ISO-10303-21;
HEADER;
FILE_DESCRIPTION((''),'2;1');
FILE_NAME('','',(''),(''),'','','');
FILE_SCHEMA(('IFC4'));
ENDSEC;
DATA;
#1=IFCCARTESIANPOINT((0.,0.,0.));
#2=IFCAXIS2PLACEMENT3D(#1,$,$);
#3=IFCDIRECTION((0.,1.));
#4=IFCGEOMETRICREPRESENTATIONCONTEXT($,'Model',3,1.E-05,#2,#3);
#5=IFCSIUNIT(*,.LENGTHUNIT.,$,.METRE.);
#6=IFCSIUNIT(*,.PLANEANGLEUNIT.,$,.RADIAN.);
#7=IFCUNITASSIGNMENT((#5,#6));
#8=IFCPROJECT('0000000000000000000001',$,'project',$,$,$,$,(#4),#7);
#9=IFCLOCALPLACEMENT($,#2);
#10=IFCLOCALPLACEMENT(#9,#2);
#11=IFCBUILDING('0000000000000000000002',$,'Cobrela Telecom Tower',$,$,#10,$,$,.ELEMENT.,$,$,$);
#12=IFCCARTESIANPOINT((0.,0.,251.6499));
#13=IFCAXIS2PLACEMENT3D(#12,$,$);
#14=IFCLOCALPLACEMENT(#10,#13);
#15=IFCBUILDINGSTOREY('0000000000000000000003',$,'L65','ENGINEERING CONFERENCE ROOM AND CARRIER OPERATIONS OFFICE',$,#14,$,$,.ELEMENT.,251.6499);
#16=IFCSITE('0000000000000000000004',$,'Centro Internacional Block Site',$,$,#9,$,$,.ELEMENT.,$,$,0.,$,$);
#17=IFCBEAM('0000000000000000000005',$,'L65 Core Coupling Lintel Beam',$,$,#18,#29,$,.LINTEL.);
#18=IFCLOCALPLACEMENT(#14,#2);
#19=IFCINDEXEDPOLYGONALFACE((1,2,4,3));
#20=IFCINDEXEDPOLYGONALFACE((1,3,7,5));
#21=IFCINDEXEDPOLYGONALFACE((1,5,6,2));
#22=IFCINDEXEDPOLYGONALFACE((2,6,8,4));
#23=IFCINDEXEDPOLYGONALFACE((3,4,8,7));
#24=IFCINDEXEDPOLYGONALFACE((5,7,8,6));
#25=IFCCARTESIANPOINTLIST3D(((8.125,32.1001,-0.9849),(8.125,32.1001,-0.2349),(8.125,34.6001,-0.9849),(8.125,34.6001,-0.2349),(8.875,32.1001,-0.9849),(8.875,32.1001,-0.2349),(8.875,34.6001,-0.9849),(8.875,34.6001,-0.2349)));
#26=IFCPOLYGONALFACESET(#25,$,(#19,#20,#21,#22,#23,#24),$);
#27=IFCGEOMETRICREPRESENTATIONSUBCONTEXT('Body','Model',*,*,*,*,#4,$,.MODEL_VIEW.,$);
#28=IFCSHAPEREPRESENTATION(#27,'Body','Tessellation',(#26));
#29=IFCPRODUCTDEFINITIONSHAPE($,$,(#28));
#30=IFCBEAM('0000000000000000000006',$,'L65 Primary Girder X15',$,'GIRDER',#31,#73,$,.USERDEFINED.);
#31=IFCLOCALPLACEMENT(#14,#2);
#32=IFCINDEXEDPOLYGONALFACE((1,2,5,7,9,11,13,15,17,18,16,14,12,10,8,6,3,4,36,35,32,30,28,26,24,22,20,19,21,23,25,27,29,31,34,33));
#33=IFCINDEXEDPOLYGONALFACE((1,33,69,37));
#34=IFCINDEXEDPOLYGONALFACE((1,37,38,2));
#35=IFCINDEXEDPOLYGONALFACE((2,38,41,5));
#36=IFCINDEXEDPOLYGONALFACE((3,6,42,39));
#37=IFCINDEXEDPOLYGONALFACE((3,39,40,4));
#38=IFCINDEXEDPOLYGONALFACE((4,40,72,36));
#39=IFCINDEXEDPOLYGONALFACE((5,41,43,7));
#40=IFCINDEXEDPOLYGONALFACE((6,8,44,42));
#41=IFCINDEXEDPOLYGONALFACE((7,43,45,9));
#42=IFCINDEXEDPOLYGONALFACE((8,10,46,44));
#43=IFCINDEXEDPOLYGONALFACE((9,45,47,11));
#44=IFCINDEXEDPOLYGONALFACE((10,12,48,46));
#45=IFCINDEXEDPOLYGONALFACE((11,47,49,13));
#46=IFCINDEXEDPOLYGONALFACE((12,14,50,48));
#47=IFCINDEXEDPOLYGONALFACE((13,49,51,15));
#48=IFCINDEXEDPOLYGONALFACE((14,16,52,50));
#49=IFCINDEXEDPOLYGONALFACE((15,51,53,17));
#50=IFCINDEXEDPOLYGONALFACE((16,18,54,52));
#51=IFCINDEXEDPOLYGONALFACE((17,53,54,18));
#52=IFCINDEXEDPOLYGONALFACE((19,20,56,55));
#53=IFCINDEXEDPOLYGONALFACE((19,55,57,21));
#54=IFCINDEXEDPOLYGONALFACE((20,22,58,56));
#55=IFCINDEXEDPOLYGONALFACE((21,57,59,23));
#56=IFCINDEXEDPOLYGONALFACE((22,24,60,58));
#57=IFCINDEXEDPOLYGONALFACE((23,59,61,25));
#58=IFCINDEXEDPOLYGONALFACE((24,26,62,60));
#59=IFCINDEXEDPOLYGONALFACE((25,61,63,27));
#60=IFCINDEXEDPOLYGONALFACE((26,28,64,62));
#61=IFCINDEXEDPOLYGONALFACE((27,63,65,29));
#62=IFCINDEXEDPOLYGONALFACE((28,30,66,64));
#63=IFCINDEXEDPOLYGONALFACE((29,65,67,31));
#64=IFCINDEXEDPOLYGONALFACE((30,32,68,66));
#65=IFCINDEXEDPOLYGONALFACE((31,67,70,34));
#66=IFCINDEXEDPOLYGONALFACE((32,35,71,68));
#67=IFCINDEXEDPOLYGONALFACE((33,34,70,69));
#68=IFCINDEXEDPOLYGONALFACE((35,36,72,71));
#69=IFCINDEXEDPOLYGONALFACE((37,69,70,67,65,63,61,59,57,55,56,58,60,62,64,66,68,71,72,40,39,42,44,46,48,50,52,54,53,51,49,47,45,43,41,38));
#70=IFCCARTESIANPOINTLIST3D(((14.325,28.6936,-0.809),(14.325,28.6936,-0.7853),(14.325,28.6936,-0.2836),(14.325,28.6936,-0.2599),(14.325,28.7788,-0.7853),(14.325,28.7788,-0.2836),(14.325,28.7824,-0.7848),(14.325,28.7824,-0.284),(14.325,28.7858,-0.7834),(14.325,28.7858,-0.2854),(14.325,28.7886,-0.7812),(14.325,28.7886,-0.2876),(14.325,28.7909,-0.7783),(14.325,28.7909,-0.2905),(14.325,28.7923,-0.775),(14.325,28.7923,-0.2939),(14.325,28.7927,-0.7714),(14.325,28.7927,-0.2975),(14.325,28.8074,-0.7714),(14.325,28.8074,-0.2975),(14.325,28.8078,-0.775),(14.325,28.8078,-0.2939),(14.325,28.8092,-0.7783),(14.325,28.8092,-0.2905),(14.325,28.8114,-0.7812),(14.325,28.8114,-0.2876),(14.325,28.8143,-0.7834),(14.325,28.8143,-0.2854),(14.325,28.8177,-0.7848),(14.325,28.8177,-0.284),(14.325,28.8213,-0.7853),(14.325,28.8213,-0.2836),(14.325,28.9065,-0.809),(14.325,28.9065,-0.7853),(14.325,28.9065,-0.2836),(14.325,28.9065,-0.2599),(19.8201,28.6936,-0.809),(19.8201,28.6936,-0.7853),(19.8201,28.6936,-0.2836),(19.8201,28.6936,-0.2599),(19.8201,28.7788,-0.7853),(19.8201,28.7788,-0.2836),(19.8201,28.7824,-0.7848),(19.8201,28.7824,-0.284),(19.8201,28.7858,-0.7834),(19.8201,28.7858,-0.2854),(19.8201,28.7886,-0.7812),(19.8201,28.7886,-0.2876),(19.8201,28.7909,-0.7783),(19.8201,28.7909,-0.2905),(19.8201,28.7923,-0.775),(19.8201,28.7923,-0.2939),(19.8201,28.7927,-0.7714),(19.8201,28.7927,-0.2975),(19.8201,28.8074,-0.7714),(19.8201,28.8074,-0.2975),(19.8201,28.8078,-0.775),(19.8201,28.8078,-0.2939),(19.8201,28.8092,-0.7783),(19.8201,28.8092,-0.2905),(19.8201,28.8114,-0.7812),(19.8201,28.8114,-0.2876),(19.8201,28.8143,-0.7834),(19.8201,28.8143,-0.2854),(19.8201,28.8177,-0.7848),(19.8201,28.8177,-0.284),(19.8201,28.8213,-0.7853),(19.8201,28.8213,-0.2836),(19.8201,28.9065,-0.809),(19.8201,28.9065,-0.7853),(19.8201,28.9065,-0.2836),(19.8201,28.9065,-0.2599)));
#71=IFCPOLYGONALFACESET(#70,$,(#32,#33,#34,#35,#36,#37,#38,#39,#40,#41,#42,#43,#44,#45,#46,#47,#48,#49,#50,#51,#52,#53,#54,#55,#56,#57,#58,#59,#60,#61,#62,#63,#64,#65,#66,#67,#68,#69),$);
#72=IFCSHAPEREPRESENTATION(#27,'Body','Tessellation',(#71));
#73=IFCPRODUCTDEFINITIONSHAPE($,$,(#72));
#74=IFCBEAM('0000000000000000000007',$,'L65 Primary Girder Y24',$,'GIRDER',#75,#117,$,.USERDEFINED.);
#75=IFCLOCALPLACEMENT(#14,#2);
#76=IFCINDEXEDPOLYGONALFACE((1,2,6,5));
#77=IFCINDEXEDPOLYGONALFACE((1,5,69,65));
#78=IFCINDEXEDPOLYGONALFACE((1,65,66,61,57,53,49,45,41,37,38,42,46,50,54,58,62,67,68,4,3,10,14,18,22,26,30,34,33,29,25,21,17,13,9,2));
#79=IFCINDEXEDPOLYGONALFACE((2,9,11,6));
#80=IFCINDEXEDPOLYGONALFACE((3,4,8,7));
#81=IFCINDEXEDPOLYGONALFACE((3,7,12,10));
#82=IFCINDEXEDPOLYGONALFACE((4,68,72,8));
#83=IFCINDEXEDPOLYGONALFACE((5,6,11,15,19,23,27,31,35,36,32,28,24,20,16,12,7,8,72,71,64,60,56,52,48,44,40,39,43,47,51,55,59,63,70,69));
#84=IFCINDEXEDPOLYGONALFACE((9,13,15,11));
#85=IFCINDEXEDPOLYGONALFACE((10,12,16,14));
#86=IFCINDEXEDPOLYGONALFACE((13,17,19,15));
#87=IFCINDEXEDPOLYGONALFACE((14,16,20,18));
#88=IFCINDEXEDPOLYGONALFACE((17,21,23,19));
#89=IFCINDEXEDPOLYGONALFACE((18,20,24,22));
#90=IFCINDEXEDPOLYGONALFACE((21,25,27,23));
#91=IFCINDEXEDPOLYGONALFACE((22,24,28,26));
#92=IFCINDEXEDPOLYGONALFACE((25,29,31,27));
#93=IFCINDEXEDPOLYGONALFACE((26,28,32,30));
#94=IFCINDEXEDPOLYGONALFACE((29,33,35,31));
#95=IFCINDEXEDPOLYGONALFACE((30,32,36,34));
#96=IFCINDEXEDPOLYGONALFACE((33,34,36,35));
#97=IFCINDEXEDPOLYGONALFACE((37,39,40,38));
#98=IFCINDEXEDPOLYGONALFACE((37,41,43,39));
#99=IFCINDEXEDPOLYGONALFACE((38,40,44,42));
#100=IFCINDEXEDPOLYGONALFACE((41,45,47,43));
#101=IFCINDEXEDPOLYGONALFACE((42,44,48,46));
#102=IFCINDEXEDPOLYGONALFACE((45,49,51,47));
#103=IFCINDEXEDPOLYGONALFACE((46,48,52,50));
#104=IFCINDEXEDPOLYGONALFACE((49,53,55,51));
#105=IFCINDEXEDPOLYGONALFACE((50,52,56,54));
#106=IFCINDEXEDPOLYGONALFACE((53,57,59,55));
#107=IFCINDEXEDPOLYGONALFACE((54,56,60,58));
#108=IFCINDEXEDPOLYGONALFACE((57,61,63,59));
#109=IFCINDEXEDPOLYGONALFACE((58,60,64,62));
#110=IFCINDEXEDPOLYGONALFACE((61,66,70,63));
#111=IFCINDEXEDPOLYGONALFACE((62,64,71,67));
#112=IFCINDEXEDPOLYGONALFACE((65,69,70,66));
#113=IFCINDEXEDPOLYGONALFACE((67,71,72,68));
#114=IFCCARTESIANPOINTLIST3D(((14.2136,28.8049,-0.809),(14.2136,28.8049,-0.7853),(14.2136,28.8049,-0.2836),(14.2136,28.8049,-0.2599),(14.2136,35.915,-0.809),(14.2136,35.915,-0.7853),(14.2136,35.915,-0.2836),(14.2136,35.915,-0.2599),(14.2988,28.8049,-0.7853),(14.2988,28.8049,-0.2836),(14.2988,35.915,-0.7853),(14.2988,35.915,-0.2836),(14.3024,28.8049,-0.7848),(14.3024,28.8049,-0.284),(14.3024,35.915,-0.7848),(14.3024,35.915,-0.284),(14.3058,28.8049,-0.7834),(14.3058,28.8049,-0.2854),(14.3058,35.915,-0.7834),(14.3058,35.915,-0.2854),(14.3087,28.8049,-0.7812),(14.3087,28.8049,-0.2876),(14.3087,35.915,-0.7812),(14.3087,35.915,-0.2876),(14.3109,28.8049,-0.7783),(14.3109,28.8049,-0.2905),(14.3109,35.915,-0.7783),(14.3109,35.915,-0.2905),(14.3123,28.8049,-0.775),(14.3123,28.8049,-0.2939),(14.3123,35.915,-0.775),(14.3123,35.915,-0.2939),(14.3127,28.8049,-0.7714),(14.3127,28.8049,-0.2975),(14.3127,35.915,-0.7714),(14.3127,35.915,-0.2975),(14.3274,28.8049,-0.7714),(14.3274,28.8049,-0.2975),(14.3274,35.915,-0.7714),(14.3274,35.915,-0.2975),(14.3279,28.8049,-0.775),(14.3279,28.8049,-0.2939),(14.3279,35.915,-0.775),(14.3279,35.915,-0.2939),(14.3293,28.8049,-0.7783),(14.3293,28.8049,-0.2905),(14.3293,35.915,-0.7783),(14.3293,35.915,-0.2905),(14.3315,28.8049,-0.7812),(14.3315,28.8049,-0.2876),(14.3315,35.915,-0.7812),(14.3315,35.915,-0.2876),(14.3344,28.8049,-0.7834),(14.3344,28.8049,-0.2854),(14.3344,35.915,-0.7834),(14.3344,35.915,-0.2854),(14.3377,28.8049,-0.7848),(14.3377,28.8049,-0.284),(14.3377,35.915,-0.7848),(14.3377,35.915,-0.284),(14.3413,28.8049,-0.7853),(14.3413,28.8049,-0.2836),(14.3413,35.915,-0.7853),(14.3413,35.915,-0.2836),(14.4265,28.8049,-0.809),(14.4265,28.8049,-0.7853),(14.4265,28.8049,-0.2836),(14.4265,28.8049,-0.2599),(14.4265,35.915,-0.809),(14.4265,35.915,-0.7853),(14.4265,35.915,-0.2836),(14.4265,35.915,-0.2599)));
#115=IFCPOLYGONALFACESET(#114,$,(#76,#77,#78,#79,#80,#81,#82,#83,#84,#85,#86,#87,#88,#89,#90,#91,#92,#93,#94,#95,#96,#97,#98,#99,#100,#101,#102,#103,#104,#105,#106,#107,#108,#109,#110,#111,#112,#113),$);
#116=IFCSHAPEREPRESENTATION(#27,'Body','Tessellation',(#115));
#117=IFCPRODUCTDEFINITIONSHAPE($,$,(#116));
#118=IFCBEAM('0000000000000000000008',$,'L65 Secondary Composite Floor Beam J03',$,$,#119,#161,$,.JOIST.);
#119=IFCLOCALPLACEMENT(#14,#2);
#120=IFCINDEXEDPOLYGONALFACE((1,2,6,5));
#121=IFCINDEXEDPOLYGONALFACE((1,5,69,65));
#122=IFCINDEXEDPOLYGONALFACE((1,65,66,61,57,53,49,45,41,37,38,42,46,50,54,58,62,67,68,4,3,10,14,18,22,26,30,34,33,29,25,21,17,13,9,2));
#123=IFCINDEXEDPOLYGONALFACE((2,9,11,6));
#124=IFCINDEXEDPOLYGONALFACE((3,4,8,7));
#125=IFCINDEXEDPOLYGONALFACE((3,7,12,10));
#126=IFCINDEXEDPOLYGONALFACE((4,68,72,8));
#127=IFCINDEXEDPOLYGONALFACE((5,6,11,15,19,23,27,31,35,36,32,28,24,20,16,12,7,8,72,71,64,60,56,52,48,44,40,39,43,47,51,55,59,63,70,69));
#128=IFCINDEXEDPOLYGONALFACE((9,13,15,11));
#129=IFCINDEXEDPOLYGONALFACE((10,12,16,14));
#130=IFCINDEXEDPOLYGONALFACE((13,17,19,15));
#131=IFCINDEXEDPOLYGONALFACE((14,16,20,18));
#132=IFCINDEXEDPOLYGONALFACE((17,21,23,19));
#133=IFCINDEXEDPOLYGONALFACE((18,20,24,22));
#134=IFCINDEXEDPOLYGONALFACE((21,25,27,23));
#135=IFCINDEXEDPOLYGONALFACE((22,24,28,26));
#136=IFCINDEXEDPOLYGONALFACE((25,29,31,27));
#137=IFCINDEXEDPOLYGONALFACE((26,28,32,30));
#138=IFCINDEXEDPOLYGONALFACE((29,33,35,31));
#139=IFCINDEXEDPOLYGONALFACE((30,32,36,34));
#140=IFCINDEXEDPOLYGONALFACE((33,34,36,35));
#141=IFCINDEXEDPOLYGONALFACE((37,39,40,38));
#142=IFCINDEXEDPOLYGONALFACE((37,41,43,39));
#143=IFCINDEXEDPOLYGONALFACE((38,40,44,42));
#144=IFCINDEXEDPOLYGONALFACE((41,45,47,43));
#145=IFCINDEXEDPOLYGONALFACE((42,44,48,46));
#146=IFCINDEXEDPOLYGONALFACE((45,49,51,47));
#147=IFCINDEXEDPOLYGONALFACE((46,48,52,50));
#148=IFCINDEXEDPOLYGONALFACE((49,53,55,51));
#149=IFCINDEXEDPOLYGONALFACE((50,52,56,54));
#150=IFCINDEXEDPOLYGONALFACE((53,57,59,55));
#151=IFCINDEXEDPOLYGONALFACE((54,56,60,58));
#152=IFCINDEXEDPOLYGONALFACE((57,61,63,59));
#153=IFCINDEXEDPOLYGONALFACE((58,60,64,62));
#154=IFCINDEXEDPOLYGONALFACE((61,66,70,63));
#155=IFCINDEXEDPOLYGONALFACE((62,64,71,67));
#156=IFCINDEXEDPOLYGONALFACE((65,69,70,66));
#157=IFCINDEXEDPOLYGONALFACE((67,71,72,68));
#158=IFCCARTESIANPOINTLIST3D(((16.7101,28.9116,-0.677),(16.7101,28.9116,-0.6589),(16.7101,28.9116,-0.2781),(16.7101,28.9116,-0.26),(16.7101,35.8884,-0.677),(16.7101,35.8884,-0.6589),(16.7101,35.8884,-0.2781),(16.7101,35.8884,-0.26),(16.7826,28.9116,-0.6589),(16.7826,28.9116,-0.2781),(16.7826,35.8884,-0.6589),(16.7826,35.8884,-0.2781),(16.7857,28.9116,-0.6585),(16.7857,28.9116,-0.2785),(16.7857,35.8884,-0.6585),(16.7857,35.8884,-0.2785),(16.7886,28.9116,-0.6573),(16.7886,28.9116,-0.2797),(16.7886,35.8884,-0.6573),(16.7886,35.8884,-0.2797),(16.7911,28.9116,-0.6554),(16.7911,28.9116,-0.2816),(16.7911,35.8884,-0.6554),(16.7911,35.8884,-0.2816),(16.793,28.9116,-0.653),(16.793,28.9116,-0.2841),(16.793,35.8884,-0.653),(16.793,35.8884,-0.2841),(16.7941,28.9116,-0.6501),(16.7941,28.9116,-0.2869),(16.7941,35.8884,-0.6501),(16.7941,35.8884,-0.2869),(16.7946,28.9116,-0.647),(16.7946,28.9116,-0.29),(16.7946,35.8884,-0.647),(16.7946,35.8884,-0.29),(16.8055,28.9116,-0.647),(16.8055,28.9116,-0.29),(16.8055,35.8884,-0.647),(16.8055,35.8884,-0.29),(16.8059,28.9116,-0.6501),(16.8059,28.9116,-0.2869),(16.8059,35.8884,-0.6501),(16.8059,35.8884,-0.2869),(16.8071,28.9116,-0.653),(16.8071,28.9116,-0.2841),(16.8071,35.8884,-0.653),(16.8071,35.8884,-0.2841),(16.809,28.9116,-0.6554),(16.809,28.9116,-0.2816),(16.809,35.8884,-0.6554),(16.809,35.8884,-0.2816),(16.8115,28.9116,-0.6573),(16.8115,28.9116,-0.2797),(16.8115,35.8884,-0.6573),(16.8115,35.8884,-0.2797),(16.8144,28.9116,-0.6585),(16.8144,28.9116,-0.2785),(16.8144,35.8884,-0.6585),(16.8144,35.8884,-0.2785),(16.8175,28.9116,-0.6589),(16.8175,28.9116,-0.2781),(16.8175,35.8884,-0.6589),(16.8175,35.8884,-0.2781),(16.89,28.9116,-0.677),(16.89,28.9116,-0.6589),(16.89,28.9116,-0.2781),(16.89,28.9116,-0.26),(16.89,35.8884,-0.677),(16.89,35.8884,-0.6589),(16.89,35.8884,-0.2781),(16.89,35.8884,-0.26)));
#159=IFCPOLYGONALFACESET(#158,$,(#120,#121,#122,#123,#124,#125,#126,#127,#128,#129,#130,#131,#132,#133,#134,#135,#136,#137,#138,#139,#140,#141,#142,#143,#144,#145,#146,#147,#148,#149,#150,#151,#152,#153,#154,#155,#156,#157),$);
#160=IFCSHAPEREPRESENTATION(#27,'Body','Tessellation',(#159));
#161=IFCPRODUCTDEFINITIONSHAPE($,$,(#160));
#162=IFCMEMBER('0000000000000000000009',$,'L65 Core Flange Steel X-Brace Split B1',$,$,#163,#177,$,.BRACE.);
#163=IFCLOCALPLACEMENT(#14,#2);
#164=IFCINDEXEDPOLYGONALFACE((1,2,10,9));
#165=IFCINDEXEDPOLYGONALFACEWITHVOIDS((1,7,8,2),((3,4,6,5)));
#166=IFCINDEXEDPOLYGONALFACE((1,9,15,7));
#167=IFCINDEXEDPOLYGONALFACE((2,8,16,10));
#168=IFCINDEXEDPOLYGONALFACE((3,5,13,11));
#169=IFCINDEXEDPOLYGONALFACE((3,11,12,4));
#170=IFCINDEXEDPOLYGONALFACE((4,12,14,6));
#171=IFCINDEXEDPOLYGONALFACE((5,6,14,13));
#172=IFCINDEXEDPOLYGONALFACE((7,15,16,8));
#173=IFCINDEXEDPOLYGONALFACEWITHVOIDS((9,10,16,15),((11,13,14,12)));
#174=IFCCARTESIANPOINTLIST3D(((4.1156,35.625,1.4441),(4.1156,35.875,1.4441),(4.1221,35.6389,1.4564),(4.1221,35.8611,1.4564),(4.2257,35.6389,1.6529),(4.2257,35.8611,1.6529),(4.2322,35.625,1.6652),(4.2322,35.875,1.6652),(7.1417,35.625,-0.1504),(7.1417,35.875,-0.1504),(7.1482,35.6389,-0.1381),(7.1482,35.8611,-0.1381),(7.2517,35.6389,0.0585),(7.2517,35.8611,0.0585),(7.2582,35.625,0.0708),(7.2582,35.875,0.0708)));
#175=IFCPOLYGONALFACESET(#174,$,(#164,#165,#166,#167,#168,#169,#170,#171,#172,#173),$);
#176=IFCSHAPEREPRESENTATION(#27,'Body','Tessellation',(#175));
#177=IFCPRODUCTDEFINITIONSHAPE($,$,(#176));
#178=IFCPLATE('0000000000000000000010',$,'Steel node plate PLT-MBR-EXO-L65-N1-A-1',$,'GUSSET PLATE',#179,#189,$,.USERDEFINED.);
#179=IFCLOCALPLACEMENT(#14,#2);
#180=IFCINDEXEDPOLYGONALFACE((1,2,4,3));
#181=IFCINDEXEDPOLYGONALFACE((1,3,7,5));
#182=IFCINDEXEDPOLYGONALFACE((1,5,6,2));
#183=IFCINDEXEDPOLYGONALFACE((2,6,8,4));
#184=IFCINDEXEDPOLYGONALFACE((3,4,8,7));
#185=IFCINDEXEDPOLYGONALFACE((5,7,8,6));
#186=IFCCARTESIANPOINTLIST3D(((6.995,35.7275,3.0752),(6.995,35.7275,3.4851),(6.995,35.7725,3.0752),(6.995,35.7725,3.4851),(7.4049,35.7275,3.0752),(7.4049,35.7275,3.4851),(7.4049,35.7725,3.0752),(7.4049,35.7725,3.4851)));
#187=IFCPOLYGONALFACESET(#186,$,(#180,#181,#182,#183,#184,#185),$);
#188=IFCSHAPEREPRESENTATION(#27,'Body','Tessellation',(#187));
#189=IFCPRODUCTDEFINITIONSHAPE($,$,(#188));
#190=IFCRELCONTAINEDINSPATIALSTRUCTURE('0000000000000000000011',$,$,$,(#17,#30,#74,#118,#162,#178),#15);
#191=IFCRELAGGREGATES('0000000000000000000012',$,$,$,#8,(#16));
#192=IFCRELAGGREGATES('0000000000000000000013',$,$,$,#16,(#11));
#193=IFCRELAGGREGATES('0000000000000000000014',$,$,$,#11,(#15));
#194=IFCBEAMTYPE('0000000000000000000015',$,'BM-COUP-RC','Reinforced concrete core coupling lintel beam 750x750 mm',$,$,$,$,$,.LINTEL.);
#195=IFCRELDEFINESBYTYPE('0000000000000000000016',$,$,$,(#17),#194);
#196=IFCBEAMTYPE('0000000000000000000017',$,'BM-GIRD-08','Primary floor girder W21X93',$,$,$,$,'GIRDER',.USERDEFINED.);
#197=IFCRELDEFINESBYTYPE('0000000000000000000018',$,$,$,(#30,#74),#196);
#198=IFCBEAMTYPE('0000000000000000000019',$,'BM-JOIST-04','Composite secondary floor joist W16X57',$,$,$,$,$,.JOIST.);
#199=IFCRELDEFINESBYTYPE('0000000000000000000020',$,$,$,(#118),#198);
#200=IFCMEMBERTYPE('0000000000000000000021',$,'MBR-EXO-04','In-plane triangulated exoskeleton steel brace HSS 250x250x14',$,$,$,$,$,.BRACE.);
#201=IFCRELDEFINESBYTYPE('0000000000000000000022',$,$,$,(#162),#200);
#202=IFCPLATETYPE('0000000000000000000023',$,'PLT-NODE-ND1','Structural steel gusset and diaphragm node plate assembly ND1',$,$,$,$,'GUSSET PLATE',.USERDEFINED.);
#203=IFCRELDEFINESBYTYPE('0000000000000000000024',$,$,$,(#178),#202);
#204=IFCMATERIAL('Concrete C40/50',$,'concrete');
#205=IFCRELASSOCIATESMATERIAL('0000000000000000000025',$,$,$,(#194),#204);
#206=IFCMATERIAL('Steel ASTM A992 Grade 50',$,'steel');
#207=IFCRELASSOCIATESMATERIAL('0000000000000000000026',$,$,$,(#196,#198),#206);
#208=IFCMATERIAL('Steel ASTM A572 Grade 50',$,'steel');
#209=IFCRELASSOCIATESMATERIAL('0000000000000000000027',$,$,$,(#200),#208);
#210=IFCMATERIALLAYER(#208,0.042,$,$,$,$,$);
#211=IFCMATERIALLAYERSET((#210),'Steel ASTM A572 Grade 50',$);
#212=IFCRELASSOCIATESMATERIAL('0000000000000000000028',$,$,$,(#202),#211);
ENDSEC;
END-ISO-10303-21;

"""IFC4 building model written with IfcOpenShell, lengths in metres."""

from ifc_helpers import new_model, si_unit, direction, frame, origin, origin_2d, place, context, subcontext, project, spatial, rectangle, hollow_rectangle, i_section, extrude, material, layer, layer_set, material_profile, profile_set, type_object, element, save


model = new_model("IFC4")

# Units and contexts
model_context = context("Model", 3, precision=1e-05, world=origin(), true_north=direction((0.0, 1.0)))
body_context = subcontext(model_context, "Body", "Model", "MODEL_VIEW")
ifc_project = project(units=[si_unit("LENGTHUNIT", "METRE"), si_unit("PLANEANGLEUNIT", "RADIAN")], contexts=[model_context])

# Site, building, storey
site_placement = place(None, origin())
site = spatial("IfcSite", under=ifc_project, at=site_placement, Name="Centro Internacional Block Site", CompositionType="ELEMENT", RefElevation=0.0)
building_placement = place(site_placement, origin())
building = spatial("IfcBuilding", under=site, at=building_placement, Name="Cobrela Telecom Tower", CompositionType="ELEMENT")
storey_placement = place(building_placement, frame((0.0, 0.0, 251.6499)))
storey = spatial("IfcBuildingStorey", under=building, at=storey_placement, Name="L65", Description="ENGINEERING CONFERENCE ROOM AND CARRIER OPERATIONS OFFICE", CompositionType="ELEMENT", Elevation=251.6499)

# Beams
ifc_material_1 = material(Name="Concrete C40/50", Category="concrete")
ifc_material_profile_1 = material_profile(ifc_material_1, rectangle(XDim=0.75, YDim=0.75, at=origin_2d()), Name="RC 750x750")
ifc_profile_set_1 = profile_set([ifc_material_profile_1], Name="Concrete C40/50")
beam_type_1 = type_object("IfcBeamType", Name="BM-COUP-RC", Description="Reinforced concrete core coupling lintel beam 750x750 mm", PredefinedType="LINTEL", material=ifc_profile_set_1)
beam_1_placement = place(storey_placement, frame((8.5, 32.1001, -0.6099), z_axis=(0.0, 1.0, 0.0), x_axis=(-1.0, 0.0, 0.0)))
element("IfcBeam", 1, at=beam_1_placement, inside=storey, type_object=beam_type_1, Name="L65 Core Coupling Lintel Beam", PredefinedType="LINTEL", context=body_context, shape_type="SweptSolid", body=[
    extrude(rectangle(XDim=0.75, YDim=0.75, at=origin_2d()), origin(), (0.0, 0.0, 1.0), 2.5),
])
ifc_material_2 = material(Name="Steel ASTM A992 Grade 50", Category="steel")
ifc_material_profile_2 = material_profile(ifc_material_2, i_section(OverallWidth=0.2129, OverallDepth=0.5491, WebThickness=0.0146, FlangeThickness=0.0237, FilletRadius=0.0139, at=origin_2d()), Name="W21X93")
ifc_profile_set_2 = profile_set([ifc_material_profile_2], Name="Steel ASTM A992 Grade 50")
beam_type_2 = type_object("IfcBeamType", Name="BM-GIRD-08", Description="Primary floor girder W21X93", ElementType="GIRDER", PredefinedType="USERDEFINED", material=ifc_profile_set_2)
beam_2_placement = place(storey_placement, frame((14.325, 28.8, -0.5344), z_axis=(1.0, 0.0, 0.0), x_axis=(0.0, 1.0, 0.0)))
element("IfcBeam", 2, at=beam_2_placement, inside=storey, type_object=beam_type_2, Name="L65 Primary Girder X15", ObjectType="GIRDER", PredefinedType="USERDEFINED", context=body_context, shape_type="SweptSolid", body=[
    extrude(i_section(OverallWidth=0.2129, OverallDepth=0.5491, WebThickness=0.0146, FlangeThickness=0.0237, FilletRadius=0.0139, at=origin_2d()), origin(), (0.0, 0.0, 1.0), 5.4951),
])
beam_3_placement = place(storey_placement, frame((14.3201, 28.8049, -0.5344), z_axis=(0.0, 1.0, 0.0), x_axis=(-1.0, 0.0, 0.0)))
element("IfcBeam", 3, at=beam_3_placement, inside=storey, type_object=beam_type_2, Name="L65 Primary Girder Y24", ObjectType="GIRDER", PredefinedType="USERDEFINED", context=body_context, shape_type="SweptSolid", body=[
    extrude(i_section(OverallWidth=0.2129, OverallDepth=0.5491, WebThickness=0.0146, FlangeThickness=0.0237, FilletRadius=0.0139, at=origin_2d()), origin(), (0.0, 0.0, 1.0), 7.1101),
])
ifc_material_profile_3 = material_profile(ifc_material_2, i_section(OverallWidth=0.1799, OverallDepth=0.417, WebThickness=0.011, FlangeThickness=0.0181, FilletRadius=0.012, at=origin_2d()), Name="W16X57")
ifc_profile_set_3 = profile_set([ifc_material_profile_3], Name="Steel ASTM A992 Grade 50")
beam_type_3 = type_object("IfcBeamType", Name="BM-JOIST-04", Description="Composite secondary floor joist W16X57", PredefinedType="JOIST", material=ifc_profile_set_3)
beam_4_placement = place(storey_placement, frame((16.8, 28.9116, -0.4685), z_axis=(0.0, 1.0, 0.0), x_axis=(-1.0, 0.0, 0.0)))
element("IfcBeam", 4, at=beam_4_placement, inside=storey, type_object=beam_type_3, Name="L65 Secondary Composite Floor Beam J03", PredefinedType="JOIST", context=body_context, shape_type="SweptSolid", body=[
    extrude(i_section(OverallWidth=0.1799, OverallDepth=0.417, WebThickness=0.011, FlangeThickness=0.0181, FilletRadius=0.012, at=origin_2d()), origin(), (0.0, 0.0, 1.0), 6.9768),
])

# Member
ifc_material_3 = material(Name="Steel ASTM A572 Grade 50", Category="steel")
ifc_material_profile_4 = material_profile(ifc_material_3, hollow_rectangle(XDim=0.25, YDim=0.25, WallThickness=0.0139, at=origin_2d()), Name="HSS 250x250x14")
ifc_profile_set_4 = profile_set([ifc_material_profile_4], Name="Steel ASTM A572 Grade 50")
member_type = type_object("IfcMemberType", Name="MBR-EXO-04", Description="In-plane triangulated exoskeleton steel brace HSS 250x250x14", PredefinedType="BRACE", material=ifc_profile_set_4)
member_placement = place(storey_placement, frame((7.2, 35.75, -0.0398), z_axis=(-0.884703, 0.0, 0.466155), x_axis=(0.0, -1.0, 0.0)))
element("IfcMember", 5, at=member_placement, inside=storey, type_object=member_type, Name="L65 Core Flange Steel X-Brace Split B1", PredefinedType="BRACE", context=body_context, shape_type="SweptSolid", body=[
    extrude(hollow_rectangle(XDim=0.25, YDim=0.25, WallThickness=0.0139, at=origin_2d()), origin(), (0.0, 0.0, 1.0), 3.4204),
])

# Plate
ifc_layer_1 = layer(ifc_material_3, 0.042)
ifc_layer_set_1 = layer_set([ifc_layer_1], Name="Steel ASTM A572 Grade 50")
plate_type = type_object("IfcPlateType", Name="PLT-NODE-ND1", Description="Structural steel gusset and diaphragm node plate assembly ND1", ElementType="GUSSET PLATE", PredefinedType="USERDEFINED", material=ifc_layer_set_1)
plate_placement = place(storey_placement, frame((7.2, 35.75, 3.0752), z_axis=(0.0, 0.0, 1.0), x_axis=(1.0, 0.0, 0.0)))
element("IfcPlate", 6, at=plate_placement, inside=storey, type_object=plate_type, Name="Steel node plate PLT-MBR-EXO-L65-N1-A-1", ObjectType="GUSSET PLATE", PredefinedType="USERDEFINED", context=body_context, shape_type="SweptSolid", body=[
    extrude(rectangle(XDim=0.4099, YDim=0.0449, at=origin_2d()), origin(), (0.0, 0.0, 1.0), 0.4099),
])

save(model, "model.ifc")
